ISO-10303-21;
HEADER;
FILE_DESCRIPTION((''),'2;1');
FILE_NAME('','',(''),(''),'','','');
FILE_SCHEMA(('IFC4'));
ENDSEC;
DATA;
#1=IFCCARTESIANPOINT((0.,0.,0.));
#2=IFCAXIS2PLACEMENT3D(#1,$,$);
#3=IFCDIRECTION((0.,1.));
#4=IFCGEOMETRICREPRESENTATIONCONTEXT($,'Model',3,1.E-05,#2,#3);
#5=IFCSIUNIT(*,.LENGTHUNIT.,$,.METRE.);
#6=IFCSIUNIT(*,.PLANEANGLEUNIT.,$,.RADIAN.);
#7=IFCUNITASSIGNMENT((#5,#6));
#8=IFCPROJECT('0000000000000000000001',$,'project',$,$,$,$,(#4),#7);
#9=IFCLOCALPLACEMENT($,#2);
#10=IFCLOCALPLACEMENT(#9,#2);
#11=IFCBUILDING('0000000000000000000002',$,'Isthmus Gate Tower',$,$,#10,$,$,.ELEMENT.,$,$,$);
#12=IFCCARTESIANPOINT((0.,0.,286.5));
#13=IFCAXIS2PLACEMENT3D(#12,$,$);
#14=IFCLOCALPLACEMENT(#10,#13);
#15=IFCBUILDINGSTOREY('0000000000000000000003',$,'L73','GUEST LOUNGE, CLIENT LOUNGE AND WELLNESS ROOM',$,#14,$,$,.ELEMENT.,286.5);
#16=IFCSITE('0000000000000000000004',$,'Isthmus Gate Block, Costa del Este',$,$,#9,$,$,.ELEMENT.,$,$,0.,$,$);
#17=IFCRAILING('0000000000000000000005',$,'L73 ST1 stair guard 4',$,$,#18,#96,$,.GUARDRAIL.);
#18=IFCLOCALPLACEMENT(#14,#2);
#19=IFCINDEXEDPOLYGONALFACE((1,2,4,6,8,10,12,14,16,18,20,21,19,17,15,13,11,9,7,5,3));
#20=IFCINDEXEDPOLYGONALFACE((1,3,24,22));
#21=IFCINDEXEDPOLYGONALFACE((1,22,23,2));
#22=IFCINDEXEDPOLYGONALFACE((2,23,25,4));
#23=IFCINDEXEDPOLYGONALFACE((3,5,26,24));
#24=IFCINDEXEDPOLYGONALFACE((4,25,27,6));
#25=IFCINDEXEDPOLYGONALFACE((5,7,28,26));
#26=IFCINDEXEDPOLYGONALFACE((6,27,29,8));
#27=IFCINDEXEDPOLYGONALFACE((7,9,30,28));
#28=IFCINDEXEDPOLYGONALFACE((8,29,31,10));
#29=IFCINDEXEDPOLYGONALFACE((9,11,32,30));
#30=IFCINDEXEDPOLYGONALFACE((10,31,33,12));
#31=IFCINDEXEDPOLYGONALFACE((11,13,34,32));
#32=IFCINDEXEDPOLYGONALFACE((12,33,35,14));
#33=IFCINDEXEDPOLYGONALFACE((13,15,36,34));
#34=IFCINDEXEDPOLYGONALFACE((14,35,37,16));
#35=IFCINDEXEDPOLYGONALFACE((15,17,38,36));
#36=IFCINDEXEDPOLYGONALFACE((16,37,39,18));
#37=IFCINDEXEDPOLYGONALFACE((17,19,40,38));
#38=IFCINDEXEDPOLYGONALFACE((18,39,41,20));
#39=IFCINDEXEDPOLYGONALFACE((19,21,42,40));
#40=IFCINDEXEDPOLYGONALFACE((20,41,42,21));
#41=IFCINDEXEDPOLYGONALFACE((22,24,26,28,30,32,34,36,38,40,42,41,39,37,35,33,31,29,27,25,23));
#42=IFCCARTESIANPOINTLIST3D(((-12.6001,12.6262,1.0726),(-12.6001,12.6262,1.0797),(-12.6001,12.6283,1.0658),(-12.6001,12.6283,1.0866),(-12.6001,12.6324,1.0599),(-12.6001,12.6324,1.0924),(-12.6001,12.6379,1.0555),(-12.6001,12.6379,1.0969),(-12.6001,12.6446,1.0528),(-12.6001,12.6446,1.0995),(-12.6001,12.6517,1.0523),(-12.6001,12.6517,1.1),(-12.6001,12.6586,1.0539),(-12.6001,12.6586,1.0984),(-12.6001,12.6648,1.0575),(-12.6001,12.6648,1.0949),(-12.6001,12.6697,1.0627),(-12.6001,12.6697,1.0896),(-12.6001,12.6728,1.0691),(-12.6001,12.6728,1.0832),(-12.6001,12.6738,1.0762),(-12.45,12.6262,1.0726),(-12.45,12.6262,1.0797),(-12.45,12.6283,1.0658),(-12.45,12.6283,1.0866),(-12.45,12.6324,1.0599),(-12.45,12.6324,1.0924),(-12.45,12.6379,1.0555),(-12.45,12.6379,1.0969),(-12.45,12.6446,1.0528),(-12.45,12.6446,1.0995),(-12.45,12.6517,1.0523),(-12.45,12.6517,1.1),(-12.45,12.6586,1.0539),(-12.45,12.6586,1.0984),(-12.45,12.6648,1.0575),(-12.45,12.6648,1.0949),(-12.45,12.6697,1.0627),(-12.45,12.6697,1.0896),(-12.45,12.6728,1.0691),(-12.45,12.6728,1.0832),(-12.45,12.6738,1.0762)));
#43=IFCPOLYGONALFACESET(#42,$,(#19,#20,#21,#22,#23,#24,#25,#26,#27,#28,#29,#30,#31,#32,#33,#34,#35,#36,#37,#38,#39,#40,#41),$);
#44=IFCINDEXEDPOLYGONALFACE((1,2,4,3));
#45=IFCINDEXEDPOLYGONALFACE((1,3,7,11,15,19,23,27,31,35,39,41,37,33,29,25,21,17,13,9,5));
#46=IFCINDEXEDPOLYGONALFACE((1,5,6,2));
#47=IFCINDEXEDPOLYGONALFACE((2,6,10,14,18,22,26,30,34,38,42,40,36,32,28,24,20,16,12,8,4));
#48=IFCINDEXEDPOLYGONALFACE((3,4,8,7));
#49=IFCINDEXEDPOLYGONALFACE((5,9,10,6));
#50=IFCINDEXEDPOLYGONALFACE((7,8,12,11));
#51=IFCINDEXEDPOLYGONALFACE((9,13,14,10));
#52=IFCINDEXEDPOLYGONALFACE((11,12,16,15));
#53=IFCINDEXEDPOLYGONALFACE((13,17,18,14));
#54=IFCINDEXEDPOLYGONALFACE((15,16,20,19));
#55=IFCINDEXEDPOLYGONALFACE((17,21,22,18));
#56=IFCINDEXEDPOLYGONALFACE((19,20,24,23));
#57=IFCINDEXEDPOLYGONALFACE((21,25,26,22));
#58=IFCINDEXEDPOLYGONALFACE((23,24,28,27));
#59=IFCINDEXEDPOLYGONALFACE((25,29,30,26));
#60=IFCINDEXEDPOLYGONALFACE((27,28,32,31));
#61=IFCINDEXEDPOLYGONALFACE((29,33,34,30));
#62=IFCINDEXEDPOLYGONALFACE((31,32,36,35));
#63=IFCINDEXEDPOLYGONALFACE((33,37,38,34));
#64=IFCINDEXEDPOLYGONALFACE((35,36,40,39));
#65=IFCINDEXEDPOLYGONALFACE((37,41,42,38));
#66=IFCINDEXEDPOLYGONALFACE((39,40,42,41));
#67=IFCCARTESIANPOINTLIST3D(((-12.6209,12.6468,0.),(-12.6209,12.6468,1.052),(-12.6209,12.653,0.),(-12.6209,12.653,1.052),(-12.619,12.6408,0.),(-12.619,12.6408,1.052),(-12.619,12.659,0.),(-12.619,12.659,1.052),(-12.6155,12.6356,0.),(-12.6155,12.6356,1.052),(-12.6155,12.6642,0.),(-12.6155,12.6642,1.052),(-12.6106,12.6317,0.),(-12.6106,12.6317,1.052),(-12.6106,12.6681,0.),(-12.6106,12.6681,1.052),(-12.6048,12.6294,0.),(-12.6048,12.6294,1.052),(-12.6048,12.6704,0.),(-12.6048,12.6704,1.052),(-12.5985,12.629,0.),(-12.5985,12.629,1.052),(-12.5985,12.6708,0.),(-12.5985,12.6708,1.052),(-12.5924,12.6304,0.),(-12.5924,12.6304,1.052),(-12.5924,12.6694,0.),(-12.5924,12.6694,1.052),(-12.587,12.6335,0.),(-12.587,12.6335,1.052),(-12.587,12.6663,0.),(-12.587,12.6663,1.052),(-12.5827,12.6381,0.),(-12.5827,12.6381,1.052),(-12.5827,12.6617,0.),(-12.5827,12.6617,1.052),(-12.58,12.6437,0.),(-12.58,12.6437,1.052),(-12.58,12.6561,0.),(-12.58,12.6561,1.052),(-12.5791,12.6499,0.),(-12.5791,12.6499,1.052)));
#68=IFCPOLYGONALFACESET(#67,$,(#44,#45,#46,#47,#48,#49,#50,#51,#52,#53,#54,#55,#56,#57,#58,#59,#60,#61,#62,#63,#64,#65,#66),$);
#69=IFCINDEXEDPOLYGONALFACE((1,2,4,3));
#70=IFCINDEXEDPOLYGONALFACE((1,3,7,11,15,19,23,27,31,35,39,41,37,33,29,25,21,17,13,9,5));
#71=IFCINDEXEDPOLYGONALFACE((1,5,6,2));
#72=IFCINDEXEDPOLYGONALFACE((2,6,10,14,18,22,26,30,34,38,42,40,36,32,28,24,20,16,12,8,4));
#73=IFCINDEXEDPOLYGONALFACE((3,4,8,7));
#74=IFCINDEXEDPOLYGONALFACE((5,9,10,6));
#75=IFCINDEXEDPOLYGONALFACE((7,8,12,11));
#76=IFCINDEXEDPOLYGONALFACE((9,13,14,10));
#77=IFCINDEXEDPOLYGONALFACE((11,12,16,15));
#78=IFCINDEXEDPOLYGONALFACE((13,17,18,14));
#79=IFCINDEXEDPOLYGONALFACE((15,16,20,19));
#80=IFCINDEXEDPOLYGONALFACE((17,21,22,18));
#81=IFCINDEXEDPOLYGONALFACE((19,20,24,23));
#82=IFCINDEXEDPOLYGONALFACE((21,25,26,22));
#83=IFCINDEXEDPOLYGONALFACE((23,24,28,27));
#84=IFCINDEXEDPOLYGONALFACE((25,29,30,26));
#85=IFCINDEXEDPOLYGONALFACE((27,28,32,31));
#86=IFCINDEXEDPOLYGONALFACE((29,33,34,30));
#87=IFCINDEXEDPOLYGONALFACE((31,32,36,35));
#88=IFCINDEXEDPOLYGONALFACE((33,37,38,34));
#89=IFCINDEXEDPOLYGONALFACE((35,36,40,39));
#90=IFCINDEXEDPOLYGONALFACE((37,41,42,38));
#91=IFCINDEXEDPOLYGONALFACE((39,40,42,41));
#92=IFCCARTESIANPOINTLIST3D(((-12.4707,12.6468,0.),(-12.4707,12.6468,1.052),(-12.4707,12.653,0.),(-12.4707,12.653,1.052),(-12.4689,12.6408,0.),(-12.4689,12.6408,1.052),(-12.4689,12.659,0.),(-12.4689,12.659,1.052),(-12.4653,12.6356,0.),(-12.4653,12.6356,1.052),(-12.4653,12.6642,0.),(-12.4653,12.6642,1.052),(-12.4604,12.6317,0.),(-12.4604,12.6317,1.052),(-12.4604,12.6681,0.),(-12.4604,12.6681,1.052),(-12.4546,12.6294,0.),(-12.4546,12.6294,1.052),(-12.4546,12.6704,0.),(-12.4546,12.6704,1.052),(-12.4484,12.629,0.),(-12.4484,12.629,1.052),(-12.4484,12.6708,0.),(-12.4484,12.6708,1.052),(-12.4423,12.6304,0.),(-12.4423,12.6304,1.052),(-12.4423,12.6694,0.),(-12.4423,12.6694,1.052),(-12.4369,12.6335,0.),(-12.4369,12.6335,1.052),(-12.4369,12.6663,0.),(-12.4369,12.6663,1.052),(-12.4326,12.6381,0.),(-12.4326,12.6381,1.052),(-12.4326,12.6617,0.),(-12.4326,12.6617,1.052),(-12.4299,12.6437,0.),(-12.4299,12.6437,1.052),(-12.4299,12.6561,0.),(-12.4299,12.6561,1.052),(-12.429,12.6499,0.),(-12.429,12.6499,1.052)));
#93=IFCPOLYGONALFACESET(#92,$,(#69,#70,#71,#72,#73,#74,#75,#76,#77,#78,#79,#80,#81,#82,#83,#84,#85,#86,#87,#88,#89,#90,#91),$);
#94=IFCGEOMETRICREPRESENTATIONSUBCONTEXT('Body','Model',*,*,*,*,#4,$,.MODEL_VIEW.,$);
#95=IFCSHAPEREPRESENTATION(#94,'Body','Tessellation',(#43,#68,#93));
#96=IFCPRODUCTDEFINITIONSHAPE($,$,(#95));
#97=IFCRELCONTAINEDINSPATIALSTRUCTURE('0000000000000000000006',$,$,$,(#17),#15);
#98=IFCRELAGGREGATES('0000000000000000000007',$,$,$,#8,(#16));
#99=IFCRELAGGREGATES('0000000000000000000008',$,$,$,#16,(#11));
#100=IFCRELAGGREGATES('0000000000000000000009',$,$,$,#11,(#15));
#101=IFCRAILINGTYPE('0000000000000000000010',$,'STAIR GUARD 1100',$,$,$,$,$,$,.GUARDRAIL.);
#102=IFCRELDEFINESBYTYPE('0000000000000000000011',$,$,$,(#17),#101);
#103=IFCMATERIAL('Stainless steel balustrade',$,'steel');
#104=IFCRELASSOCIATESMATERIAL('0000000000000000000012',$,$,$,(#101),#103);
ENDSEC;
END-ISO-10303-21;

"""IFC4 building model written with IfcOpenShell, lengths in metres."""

from ifc_helpers import new_model, si_unit, direction, frame, origin, origin_2d, place, context, subcontext, project, spatial, circle, extrude, material, type_object, element, save


model = new_model("IFC4")

# Units and contexts
model_context = context("Model", 3, precision=1e-05, world=origin(), true_north=direction((0.0, 1.0)))
body_context = subcontext(model_context, "Body", "Model", "MODEL_VIEW")
ifc_project = project(units=[si_unit("LENGTHUNIT", "METRE"), si_unit("PLANEANGLEUNIT", "RADIAN")], contexts=[model_context])

# Site, building, storey
site_placement = place(None, origin())
site = spatial("IfcSite", under=ifc_project, at=site_placement, Name="Isthmus Gate Block, Costa del Este", CompositionType="ELEMENT", RefElevation=0.0)
building_placement = place(site_placement, origin())
building = spatial("IfcBuilding", under=site, at=building_placement, Name="Isthmus Gate Tower", CompositionType="ELEMENT")
storey_placement = place(building_placement, frame((0.0, 0.0, 286.5)))
storey = spatial("IfcBuildingStorey", under=building, at=storey_placement, Name="L73", Description="GUEST LOUNGE, CLIENT LOUNGE AND WELLNESS ROOM", CompositionType="ELEMENT", Elevation=286.5)

# Railing
ifc_material_1 = material(Name="Stainless steel balustrade", Category="steel")
railing_type = type_object("IfcRailingType", Name="STAIR GUARD 1100", PredefinedType="GUARDRAIL", material=ifc_material_1)
railing_1_placement = place(storey_placement, frame((-12.6001, 12.6499, 0.0)))
element("IfcRailing", 1, at=railing_1_placement, inside=storey, type_object=railing_type, Name="L73 ST1 stair guard 4", PredefinedType="GUARDRAIL", context=body_context, shape_type="SweptSolid", body=[
    extrude(circle(Radius=0.0239, at=origin_2d()), frame((0.0, 0.0, 1.0762), z_axis=(1.0, 0.0, 0.0), x_axis=(0.0, 1.0, 0.0)), (0.0, 0.0, 1.0), 0.1501),
    extrude(circle(Radius=0.021, at=origin_2d()), origin(), (0.0, 0.0, 1.0), 1.052),
    extrude(circle(Radius=0.021, at=origin_2d()), frame((0.1501, 0.0, 0.0)), (0.0, 0.0, 1.0), 1.052),
])

save(model, "model.ifc")
